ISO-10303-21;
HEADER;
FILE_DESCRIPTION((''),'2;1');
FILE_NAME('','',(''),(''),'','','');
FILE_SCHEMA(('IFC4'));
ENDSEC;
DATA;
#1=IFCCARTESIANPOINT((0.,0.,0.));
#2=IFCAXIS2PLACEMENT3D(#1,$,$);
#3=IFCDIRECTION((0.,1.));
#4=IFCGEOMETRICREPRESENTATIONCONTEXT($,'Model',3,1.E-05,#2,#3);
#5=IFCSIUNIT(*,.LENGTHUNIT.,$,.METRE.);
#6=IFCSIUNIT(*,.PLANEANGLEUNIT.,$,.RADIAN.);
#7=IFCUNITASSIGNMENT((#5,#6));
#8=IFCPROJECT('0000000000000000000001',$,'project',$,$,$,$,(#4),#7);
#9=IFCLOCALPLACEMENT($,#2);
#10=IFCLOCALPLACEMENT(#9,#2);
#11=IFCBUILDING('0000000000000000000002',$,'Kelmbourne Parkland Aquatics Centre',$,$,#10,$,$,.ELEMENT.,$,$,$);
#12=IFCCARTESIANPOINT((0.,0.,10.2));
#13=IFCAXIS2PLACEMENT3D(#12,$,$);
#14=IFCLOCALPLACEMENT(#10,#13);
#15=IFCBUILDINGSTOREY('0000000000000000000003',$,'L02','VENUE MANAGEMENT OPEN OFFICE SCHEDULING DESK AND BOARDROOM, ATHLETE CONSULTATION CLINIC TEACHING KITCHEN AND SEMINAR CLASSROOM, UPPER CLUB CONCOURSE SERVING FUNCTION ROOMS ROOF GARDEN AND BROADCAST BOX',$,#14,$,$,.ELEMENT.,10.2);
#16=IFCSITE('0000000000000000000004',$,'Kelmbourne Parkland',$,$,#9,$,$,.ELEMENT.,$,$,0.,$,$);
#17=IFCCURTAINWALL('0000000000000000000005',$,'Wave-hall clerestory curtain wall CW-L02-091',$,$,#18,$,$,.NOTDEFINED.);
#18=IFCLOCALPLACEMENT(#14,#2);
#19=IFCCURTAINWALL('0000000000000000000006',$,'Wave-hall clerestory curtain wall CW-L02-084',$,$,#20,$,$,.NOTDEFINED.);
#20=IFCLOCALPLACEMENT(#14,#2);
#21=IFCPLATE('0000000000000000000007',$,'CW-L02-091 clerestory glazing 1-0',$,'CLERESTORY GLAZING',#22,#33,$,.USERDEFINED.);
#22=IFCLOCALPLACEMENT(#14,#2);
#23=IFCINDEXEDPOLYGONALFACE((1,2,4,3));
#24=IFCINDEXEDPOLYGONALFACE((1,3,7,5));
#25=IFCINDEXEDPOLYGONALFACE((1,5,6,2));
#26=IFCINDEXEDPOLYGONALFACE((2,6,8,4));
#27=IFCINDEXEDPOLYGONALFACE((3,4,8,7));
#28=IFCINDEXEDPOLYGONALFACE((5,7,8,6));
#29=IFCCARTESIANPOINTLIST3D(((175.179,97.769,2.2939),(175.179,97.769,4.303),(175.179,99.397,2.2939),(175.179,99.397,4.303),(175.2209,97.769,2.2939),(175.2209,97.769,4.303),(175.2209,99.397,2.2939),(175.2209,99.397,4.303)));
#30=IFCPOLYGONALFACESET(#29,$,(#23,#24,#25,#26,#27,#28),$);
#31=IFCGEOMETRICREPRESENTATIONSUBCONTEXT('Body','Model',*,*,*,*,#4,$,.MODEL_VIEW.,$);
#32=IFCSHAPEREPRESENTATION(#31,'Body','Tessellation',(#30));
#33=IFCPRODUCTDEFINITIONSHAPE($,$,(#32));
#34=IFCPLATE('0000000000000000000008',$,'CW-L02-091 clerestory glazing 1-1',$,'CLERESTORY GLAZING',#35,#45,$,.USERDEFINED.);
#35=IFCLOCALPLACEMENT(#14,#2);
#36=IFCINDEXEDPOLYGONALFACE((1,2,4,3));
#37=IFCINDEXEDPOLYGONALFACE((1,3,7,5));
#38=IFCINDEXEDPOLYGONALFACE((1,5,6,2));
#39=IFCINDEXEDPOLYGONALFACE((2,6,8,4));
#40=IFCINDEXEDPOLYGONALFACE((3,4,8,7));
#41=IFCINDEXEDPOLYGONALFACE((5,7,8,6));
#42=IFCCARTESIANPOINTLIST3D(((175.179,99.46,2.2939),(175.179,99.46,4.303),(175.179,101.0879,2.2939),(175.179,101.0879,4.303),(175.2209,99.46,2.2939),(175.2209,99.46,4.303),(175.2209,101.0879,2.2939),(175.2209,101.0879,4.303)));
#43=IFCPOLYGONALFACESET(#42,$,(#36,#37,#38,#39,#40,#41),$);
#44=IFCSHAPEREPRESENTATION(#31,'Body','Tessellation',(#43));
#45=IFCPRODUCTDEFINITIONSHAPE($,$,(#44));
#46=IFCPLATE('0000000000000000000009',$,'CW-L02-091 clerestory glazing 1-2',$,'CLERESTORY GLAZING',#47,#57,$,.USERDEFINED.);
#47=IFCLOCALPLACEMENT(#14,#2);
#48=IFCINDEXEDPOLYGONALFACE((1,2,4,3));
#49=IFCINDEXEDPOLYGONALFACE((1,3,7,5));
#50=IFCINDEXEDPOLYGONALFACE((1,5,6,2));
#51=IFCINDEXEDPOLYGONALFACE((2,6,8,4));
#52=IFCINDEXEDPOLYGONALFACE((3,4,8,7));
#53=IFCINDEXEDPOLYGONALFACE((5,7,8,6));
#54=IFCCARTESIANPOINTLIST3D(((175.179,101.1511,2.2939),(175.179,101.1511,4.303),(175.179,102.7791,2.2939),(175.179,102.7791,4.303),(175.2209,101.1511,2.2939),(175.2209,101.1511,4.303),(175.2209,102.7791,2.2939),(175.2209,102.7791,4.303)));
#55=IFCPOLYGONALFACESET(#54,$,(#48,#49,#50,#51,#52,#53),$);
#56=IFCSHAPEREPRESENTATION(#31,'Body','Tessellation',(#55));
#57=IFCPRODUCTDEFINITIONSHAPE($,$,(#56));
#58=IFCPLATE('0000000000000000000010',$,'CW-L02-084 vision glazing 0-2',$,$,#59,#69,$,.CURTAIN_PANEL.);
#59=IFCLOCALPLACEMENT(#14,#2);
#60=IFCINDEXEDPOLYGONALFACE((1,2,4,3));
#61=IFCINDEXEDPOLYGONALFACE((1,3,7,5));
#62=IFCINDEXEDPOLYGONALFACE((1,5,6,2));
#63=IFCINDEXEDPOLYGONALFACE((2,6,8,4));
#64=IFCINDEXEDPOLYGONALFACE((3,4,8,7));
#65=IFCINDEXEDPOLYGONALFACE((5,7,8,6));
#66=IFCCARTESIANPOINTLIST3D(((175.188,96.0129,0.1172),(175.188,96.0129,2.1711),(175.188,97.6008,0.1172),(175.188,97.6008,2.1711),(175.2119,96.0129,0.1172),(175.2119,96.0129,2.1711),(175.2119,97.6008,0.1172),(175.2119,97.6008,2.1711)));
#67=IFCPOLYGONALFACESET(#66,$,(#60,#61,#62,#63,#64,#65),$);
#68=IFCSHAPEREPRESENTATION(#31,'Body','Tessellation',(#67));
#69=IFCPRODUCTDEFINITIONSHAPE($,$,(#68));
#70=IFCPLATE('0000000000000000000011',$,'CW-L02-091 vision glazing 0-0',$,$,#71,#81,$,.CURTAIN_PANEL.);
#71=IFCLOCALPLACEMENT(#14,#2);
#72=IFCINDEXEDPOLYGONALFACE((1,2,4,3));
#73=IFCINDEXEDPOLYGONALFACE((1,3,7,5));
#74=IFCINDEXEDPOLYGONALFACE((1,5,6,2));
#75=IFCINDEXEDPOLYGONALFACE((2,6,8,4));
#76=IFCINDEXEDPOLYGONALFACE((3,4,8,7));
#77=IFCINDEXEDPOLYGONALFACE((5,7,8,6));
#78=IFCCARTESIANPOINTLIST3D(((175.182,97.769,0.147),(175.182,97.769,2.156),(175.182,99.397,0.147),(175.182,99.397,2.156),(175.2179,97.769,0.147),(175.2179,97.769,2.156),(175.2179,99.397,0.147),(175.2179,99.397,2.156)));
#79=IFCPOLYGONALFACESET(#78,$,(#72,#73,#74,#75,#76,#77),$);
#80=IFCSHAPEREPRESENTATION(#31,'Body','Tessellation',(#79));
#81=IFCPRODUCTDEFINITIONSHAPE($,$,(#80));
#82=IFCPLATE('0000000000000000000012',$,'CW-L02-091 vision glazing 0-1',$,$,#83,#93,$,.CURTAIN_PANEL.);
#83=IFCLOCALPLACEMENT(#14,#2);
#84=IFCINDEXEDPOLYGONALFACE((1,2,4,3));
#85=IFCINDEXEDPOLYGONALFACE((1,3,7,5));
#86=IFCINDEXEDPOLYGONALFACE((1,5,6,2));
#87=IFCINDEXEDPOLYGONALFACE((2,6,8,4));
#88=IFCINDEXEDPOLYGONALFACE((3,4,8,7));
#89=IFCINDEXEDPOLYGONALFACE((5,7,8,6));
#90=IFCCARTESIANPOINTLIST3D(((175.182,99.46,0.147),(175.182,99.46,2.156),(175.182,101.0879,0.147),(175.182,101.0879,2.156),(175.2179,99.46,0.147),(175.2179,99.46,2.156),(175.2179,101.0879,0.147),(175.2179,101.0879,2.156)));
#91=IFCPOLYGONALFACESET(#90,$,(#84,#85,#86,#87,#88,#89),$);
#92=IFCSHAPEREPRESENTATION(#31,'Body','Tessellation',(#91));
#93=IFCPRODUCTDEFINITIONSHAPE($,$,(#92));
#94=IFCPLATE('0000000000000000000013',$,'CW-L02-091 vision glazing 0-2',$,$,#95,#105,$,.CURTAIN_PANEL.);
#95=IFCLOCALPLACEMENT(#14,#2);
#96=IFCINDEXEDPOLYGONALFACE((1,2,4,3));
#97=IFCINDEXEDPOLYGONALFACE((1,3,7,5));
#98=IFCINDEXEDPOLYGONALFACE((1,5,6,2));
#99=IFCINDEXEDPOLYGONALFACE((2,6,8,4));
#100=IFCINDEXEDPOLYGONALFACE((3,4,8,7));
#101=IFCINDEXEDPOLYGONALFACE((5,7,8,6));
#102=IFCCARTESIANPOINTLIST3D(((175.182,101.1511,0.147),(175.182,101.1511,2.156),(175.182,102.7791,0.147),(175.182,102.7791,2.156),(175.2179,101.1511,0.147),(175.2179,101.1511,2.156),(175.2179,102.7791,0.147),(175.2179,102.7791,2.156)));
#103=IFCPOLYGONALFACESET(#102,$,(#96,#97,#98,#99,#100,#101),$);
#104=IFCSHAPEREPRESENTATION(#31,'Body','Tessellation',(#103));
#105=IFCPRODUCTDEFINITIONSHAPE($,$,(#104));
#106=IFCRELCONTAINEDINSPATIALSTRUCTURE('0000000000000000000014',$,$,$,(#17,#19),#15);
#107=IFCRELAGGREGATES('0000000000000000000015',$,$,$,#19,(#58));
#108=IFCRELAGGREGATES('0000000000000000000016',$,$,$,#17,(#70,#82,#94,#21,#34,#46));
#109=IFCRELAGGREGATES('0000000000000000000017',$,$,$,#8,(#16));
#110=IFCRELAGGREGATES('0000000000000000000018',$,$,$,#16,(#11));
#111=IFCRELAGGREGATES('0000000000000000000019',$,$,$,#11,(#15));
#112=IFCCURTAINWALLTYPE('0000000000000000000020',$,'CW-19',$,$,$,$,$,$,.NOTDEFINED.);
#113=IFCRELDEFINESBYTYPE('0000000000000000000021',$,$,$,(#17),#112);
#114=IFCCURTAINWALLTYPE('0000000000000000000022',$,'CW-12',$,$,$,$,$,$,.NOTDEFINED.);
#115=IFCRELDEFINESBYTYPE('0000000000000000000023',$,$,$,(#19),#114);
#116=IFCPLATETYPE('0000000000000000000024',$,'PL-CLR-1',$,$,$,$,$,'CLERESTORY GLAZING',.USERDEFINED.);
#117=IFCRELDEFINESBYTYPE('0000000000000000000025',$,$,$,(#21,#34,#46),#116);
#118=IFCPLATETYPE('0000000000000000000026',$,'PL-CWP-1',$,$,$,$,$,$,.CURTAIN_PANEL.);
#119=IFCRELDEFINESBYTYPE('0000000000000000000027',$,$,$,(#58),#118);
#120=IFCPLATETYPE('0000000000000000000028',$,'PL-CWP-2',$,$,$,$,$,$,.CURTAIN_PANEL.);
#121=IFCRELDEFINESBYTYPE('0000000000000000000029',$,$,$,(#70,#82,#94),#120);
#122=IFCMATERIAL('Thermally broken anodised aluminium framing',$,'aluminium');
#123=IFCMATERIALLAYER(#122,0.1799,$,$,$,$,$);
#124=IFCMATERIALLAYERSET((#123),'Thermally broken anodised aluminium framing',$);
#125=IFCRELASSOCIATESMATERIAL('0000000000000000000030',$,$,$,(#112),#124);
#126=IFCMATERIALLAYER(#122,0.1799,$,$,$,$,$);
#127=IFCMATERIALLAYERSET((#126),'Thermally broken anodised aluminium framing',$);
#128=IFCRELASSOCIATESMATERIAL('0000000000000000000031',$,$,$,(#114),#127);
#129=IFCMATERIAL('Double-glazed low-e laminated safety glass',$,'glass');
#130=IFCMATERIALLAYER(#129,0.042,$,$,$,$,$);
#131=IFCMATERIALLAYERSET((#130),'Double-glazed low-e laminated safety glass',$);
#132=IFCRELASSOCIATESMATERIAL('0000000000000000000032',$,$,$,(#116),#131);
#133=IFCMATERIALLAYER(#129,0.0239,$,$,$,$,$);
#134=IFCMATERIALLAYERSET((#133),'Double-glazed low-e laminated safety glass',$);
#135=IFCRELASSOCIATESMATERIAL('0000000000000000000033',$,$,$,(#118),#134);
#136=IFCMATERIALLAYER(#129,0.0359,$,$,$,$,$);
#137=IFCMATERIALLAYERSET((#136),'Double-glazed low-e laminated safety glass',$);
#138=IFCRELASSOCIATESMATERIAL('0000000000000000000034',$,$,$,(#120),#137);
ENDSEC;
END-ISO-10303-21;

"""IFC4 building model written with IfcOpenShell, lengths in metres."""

from ifc_helpers import new_model, si_unit, direction, frame, origin, origin_2d, place, context, subcontext, project, spatial, rectangle, extrude, material, layer, layer_set, type_object, element, aggregate, save


model = new_model("IFC4")

# Units and contexts
model_context = context("Model", 3, precision=1e-05, world=origin(), true_north=direction((0.0, 1.0)))
body_context = subcontext(model_context, "Body", "Model", "MODEL_VIEW")
ifc_project = project(units=[si_unit("LENGTHUNIT", "METRE"), si_unit("PLANEANGLEUNIT", "RADIAN")], contexts=[model_context])

# Site, building, storey
site_placement = place(None, origin())
site = spatial("IfcSite", under=ifc_project, at=site_placement, Name="Kelmbourne Parkland", CompositionType="ELEMENT", RefElevation=0.0)
building_placement = place(site_placement, origin())
building = spatial("IfcBuilding", under=site, at=building_placement, Name="Kelmbourne Parkland Aquatics Centre", CompositionType="ELEMENT")
storey_placement = place(building_placement, frame((0.0, 0.0, 10.2)))
storey = spatial("IfcBuildingStorey", under=building, at=storey_placement, Name="L02", Description="VENUE MANAGEMENT OPEN OFFICE SCHEDULING DESK AND BOARDROOM, ATHLETE CONSULTATION CLINIC TEACHING KITCHEN AND SEMINAR CLASSROOM, UPPER CLUB CONCOURSE SERVING FUNCTION ROOMS ROOF GARDEN AND BROADCAST BOX", CompositionType="ELEMENT", Elevation=10.2)

# Curtain wall
ifc_material_1 = material(Name="Thermally broken anodised aluminium framing", Category="aluminium")
ifc_layer_1 = layer(ifc_material_1, 0.1799)
ifc_layer_set_1 = layer_set([ifc_layer_1], Name="Thermally broken anodised aluminium framing")
curtain_wall_type_1 = type_object("IfcCurtainWallType", Name="CW-19", PredefinedType="NOTDEFINED", material=ifc_layer_set_1)
curtain_wall_1_placement = place(storey_placement, origin())
curtain_wall_1 = element("IfcCurtainWall", 1, at=curtain_wall_1_placement, inside=storey, type_object=curtain_wall_type_1, Name="Wave-hall clerestory curtain wall CW-L02-091", PredefinedType="NOTDEFINED")

# Curtain wall
ifc_layer_2 = layer(ifc_material_1, 0.1799)
ifc_layer_set_2 = layer_set([ifc_layer_2], Name="Thermally broken anodised aluminium framing")
curtain_wall_type_2 = type_object("IfcCurtainWallType", Name="CW-12", PredefinedType="NOTDEFINED", material=ifc_layer_set_2)
curtain_wall_2_placement = place(storey_placement, origin())
curtain_wall_2 = element("IfcCurtainWall", 2, at=curtain_wall_2_placement, inside=storey, type_object=curtain_wall_type_2, Name="Wave-hall clerestory curtain wall CW-L02-084", PredefinedType="NOTDEFINED")

# Plates
ifc_material_2 = material(Name="Double-glazed low-e laminated safety glass", Category="glass")
ifc_layer_3 = layer(ifc_material_2, 0.042)
ifc_layer_set_3 = layer_set([ifc_layer_3], Name="Double-glazed low-e laminated safety glass")
plate_type_1 = type_object("IfcPlateType", Name="PL-CLR-1", ElementType="CLERESTORY GLAZING", PredefinedType="USERDEFINED", material=ifc_layer_set_3)
plate_1_placement = place(storey_placement, frame((175.2, 98.583, 2.2939), z_axis=(0.0, 0.0, 1.0), x_axis=(0.0, 1.0, 0.0)))
plate_1 = element("IfcPlate", 3, at=plate_1_placement, type_object=plate_type_1, Name="CW-L02-091 clerestory glazing 1-0", ObjectType="CLERESTORY GLAZING", PredefinedType="USERDEFINED", context=body_context, shape_type="SweptSolid", body=[
    extrude(rectangle(XDim=1.6279, YDim=0.042, at=origin_2d()), origin(), (0.0, 0.0, 1.0), 2.009),
])
plate_2_placement = place(storey_placement, frame((175.2, 100.2739, 2.2939), z_axis=(0.0, 0.0, 1.0), x_axis=(0.0, 1.0, 0.0)))
plate_2 = element("IfcPlate", 4, at=plate_2_placement, type_object=plate_type_1, Name="CW-L02-091 clerestory glazing 1-1", ObjectType="CLERESTORY GLAZING", PredefinedType="USERDEFINED", context=body_context, shape_type="SweptSolid", body=[
    extrude(rectangle(XDim=1.6279, YDim=0.042, at=origin_2d()), origin(), (0.0, 0.0, 1.0), 2.009),
])
plate_3_placement = place(storey_placement, frame((175.2, 101.9651, 2.2939), z_axis=(0.0, 0.0, 1.0), x_axis=(0.0, 1.0, 0.0)))
plate_3 = element("IfcPlate", 5, at=plate_3_placement, type_object=plate_type_1, Name="CW-L02-091 clerestory glazing 1-2", ObjectType="CLERESTORY GLAZING", PredefinedType="USERDEFINED", context=body_context, shape_type="SweptSolid", body=[
    extrude(rectangle(XDim=1.6279, YDim=0.042, at=origin_2d()), origin(), (0.0, 0.0, 1.0), 2.009),
])
ifc_layer_4 = layer(ifc_material_2, 0.0239)
ifc_layer_set_4 = layer_set([ifc_layer_4], Name="Double-glazed low-e laminated safety glass")
plate_type_2 = type_object("IfcPlateType", Name="PL-CWP-1", PredefinedType="CURTAIN_PANEL", material=ifc_layer_set_4)
plate_4_placement = place(storey_placement, frame((175.2, 96.8069, 0.1172), z_axis=(0.0, 0.0, 1.0), x_axis=(0.0, 1.0, 0.0)))
plate_4 = element("IfcPlate", 6, at=plate_4_placement, type_object=plate_type_2, Name="CW-L02-084 vision glazing 0-2", PredefinedType="CURTAIN_PANEL", context=body_context, shape_type="SweptSolid", body=[
    extrude(rectangle(XDim=1.5879, YDim=0.0239, at=origin_2d()), origin(), (0.0, 0.0, 1.0), 2.054),
])
aggregate(curtain_wall_2, [plate_4])
ifc_layer_5 = layer(ifc_material_2, 0.0359)
ifc_layer_set_5 = layer_set([ifc_layer_5], Name="Double-glazed low-e laminated safety glass")
plate_type_3 = type_object("IfcPlateType", Name="PL-CWP-2", PredefinedType="CURTAIN_PANEL", material=ifc_layer_set_5)
plate_5_placement = place(storey_placement, frame((175.2, 98.583, 0.147), z_axis=(0.0, 0.0, 1.0), x_axis=(0.0, 1.0, 0.0)))
plate_5 = element("IfcPlate", 7, at=plate_5_placement, type_object=plate_type_3, Name="CW-L02-091 vision glazing 0-0", PredefinedType="CURTAIN_PANEL", context=body_context, shape_type="SweptSolid", body=[
    extrude(rectangle(XDim=1.6279, YDim=0.0359, at=origin_2d()), origin(), (0.0, 0.0, 1.0), 2.009),
])
plate_6_placement = place(storey_placement, frame((175.2, 100.2739, 0.147), z_axis=(0.0, 0.0, 1.0), x_axis=(0.0, 1.0, 0.0)))
plate_6 = element("IfcPlate", 8, at=plate_6_placement, type_object=plate_type_3, Name="CW-L02-091 vision glazing 0-1", PredefinedType="CURTAIN_PANEL", context=body_context, shape_type="SweptSolid", body=[
    extrude(rectangle(XDim=1.6279, YDim=0.0359, at=origin_2d()), origin(), (0.0, 0.0, 1.0), 2.009),
])
plate_7_placement = place(storey_placement, frame((175.2, 101.9651, 0.147), z_axis=(0.0, 0.0, 1.0), x_axis=(0.0, 1.0, 0.0)))
plate_7 = element("IfcPlate", 9, at=plate_7_placement, type_object=plate_type_3, Name="CW-L02-091 vision glazing 0-2", PredefinedType="CURTAIN_PANEL", context=body_context, shape_type="SweptSolid", body=[
    extrude(rectangle(XDim=1.6279, YDim=0.0359, at=origin_2d()), origin(), (0.0, 0.0, 1.0), 2.009),
])
aggregate(curtain_wall_1, [plate_5, plate_6, plate_7, plate_1, plate_2, plate_3])

save(model, "model.ifc")
